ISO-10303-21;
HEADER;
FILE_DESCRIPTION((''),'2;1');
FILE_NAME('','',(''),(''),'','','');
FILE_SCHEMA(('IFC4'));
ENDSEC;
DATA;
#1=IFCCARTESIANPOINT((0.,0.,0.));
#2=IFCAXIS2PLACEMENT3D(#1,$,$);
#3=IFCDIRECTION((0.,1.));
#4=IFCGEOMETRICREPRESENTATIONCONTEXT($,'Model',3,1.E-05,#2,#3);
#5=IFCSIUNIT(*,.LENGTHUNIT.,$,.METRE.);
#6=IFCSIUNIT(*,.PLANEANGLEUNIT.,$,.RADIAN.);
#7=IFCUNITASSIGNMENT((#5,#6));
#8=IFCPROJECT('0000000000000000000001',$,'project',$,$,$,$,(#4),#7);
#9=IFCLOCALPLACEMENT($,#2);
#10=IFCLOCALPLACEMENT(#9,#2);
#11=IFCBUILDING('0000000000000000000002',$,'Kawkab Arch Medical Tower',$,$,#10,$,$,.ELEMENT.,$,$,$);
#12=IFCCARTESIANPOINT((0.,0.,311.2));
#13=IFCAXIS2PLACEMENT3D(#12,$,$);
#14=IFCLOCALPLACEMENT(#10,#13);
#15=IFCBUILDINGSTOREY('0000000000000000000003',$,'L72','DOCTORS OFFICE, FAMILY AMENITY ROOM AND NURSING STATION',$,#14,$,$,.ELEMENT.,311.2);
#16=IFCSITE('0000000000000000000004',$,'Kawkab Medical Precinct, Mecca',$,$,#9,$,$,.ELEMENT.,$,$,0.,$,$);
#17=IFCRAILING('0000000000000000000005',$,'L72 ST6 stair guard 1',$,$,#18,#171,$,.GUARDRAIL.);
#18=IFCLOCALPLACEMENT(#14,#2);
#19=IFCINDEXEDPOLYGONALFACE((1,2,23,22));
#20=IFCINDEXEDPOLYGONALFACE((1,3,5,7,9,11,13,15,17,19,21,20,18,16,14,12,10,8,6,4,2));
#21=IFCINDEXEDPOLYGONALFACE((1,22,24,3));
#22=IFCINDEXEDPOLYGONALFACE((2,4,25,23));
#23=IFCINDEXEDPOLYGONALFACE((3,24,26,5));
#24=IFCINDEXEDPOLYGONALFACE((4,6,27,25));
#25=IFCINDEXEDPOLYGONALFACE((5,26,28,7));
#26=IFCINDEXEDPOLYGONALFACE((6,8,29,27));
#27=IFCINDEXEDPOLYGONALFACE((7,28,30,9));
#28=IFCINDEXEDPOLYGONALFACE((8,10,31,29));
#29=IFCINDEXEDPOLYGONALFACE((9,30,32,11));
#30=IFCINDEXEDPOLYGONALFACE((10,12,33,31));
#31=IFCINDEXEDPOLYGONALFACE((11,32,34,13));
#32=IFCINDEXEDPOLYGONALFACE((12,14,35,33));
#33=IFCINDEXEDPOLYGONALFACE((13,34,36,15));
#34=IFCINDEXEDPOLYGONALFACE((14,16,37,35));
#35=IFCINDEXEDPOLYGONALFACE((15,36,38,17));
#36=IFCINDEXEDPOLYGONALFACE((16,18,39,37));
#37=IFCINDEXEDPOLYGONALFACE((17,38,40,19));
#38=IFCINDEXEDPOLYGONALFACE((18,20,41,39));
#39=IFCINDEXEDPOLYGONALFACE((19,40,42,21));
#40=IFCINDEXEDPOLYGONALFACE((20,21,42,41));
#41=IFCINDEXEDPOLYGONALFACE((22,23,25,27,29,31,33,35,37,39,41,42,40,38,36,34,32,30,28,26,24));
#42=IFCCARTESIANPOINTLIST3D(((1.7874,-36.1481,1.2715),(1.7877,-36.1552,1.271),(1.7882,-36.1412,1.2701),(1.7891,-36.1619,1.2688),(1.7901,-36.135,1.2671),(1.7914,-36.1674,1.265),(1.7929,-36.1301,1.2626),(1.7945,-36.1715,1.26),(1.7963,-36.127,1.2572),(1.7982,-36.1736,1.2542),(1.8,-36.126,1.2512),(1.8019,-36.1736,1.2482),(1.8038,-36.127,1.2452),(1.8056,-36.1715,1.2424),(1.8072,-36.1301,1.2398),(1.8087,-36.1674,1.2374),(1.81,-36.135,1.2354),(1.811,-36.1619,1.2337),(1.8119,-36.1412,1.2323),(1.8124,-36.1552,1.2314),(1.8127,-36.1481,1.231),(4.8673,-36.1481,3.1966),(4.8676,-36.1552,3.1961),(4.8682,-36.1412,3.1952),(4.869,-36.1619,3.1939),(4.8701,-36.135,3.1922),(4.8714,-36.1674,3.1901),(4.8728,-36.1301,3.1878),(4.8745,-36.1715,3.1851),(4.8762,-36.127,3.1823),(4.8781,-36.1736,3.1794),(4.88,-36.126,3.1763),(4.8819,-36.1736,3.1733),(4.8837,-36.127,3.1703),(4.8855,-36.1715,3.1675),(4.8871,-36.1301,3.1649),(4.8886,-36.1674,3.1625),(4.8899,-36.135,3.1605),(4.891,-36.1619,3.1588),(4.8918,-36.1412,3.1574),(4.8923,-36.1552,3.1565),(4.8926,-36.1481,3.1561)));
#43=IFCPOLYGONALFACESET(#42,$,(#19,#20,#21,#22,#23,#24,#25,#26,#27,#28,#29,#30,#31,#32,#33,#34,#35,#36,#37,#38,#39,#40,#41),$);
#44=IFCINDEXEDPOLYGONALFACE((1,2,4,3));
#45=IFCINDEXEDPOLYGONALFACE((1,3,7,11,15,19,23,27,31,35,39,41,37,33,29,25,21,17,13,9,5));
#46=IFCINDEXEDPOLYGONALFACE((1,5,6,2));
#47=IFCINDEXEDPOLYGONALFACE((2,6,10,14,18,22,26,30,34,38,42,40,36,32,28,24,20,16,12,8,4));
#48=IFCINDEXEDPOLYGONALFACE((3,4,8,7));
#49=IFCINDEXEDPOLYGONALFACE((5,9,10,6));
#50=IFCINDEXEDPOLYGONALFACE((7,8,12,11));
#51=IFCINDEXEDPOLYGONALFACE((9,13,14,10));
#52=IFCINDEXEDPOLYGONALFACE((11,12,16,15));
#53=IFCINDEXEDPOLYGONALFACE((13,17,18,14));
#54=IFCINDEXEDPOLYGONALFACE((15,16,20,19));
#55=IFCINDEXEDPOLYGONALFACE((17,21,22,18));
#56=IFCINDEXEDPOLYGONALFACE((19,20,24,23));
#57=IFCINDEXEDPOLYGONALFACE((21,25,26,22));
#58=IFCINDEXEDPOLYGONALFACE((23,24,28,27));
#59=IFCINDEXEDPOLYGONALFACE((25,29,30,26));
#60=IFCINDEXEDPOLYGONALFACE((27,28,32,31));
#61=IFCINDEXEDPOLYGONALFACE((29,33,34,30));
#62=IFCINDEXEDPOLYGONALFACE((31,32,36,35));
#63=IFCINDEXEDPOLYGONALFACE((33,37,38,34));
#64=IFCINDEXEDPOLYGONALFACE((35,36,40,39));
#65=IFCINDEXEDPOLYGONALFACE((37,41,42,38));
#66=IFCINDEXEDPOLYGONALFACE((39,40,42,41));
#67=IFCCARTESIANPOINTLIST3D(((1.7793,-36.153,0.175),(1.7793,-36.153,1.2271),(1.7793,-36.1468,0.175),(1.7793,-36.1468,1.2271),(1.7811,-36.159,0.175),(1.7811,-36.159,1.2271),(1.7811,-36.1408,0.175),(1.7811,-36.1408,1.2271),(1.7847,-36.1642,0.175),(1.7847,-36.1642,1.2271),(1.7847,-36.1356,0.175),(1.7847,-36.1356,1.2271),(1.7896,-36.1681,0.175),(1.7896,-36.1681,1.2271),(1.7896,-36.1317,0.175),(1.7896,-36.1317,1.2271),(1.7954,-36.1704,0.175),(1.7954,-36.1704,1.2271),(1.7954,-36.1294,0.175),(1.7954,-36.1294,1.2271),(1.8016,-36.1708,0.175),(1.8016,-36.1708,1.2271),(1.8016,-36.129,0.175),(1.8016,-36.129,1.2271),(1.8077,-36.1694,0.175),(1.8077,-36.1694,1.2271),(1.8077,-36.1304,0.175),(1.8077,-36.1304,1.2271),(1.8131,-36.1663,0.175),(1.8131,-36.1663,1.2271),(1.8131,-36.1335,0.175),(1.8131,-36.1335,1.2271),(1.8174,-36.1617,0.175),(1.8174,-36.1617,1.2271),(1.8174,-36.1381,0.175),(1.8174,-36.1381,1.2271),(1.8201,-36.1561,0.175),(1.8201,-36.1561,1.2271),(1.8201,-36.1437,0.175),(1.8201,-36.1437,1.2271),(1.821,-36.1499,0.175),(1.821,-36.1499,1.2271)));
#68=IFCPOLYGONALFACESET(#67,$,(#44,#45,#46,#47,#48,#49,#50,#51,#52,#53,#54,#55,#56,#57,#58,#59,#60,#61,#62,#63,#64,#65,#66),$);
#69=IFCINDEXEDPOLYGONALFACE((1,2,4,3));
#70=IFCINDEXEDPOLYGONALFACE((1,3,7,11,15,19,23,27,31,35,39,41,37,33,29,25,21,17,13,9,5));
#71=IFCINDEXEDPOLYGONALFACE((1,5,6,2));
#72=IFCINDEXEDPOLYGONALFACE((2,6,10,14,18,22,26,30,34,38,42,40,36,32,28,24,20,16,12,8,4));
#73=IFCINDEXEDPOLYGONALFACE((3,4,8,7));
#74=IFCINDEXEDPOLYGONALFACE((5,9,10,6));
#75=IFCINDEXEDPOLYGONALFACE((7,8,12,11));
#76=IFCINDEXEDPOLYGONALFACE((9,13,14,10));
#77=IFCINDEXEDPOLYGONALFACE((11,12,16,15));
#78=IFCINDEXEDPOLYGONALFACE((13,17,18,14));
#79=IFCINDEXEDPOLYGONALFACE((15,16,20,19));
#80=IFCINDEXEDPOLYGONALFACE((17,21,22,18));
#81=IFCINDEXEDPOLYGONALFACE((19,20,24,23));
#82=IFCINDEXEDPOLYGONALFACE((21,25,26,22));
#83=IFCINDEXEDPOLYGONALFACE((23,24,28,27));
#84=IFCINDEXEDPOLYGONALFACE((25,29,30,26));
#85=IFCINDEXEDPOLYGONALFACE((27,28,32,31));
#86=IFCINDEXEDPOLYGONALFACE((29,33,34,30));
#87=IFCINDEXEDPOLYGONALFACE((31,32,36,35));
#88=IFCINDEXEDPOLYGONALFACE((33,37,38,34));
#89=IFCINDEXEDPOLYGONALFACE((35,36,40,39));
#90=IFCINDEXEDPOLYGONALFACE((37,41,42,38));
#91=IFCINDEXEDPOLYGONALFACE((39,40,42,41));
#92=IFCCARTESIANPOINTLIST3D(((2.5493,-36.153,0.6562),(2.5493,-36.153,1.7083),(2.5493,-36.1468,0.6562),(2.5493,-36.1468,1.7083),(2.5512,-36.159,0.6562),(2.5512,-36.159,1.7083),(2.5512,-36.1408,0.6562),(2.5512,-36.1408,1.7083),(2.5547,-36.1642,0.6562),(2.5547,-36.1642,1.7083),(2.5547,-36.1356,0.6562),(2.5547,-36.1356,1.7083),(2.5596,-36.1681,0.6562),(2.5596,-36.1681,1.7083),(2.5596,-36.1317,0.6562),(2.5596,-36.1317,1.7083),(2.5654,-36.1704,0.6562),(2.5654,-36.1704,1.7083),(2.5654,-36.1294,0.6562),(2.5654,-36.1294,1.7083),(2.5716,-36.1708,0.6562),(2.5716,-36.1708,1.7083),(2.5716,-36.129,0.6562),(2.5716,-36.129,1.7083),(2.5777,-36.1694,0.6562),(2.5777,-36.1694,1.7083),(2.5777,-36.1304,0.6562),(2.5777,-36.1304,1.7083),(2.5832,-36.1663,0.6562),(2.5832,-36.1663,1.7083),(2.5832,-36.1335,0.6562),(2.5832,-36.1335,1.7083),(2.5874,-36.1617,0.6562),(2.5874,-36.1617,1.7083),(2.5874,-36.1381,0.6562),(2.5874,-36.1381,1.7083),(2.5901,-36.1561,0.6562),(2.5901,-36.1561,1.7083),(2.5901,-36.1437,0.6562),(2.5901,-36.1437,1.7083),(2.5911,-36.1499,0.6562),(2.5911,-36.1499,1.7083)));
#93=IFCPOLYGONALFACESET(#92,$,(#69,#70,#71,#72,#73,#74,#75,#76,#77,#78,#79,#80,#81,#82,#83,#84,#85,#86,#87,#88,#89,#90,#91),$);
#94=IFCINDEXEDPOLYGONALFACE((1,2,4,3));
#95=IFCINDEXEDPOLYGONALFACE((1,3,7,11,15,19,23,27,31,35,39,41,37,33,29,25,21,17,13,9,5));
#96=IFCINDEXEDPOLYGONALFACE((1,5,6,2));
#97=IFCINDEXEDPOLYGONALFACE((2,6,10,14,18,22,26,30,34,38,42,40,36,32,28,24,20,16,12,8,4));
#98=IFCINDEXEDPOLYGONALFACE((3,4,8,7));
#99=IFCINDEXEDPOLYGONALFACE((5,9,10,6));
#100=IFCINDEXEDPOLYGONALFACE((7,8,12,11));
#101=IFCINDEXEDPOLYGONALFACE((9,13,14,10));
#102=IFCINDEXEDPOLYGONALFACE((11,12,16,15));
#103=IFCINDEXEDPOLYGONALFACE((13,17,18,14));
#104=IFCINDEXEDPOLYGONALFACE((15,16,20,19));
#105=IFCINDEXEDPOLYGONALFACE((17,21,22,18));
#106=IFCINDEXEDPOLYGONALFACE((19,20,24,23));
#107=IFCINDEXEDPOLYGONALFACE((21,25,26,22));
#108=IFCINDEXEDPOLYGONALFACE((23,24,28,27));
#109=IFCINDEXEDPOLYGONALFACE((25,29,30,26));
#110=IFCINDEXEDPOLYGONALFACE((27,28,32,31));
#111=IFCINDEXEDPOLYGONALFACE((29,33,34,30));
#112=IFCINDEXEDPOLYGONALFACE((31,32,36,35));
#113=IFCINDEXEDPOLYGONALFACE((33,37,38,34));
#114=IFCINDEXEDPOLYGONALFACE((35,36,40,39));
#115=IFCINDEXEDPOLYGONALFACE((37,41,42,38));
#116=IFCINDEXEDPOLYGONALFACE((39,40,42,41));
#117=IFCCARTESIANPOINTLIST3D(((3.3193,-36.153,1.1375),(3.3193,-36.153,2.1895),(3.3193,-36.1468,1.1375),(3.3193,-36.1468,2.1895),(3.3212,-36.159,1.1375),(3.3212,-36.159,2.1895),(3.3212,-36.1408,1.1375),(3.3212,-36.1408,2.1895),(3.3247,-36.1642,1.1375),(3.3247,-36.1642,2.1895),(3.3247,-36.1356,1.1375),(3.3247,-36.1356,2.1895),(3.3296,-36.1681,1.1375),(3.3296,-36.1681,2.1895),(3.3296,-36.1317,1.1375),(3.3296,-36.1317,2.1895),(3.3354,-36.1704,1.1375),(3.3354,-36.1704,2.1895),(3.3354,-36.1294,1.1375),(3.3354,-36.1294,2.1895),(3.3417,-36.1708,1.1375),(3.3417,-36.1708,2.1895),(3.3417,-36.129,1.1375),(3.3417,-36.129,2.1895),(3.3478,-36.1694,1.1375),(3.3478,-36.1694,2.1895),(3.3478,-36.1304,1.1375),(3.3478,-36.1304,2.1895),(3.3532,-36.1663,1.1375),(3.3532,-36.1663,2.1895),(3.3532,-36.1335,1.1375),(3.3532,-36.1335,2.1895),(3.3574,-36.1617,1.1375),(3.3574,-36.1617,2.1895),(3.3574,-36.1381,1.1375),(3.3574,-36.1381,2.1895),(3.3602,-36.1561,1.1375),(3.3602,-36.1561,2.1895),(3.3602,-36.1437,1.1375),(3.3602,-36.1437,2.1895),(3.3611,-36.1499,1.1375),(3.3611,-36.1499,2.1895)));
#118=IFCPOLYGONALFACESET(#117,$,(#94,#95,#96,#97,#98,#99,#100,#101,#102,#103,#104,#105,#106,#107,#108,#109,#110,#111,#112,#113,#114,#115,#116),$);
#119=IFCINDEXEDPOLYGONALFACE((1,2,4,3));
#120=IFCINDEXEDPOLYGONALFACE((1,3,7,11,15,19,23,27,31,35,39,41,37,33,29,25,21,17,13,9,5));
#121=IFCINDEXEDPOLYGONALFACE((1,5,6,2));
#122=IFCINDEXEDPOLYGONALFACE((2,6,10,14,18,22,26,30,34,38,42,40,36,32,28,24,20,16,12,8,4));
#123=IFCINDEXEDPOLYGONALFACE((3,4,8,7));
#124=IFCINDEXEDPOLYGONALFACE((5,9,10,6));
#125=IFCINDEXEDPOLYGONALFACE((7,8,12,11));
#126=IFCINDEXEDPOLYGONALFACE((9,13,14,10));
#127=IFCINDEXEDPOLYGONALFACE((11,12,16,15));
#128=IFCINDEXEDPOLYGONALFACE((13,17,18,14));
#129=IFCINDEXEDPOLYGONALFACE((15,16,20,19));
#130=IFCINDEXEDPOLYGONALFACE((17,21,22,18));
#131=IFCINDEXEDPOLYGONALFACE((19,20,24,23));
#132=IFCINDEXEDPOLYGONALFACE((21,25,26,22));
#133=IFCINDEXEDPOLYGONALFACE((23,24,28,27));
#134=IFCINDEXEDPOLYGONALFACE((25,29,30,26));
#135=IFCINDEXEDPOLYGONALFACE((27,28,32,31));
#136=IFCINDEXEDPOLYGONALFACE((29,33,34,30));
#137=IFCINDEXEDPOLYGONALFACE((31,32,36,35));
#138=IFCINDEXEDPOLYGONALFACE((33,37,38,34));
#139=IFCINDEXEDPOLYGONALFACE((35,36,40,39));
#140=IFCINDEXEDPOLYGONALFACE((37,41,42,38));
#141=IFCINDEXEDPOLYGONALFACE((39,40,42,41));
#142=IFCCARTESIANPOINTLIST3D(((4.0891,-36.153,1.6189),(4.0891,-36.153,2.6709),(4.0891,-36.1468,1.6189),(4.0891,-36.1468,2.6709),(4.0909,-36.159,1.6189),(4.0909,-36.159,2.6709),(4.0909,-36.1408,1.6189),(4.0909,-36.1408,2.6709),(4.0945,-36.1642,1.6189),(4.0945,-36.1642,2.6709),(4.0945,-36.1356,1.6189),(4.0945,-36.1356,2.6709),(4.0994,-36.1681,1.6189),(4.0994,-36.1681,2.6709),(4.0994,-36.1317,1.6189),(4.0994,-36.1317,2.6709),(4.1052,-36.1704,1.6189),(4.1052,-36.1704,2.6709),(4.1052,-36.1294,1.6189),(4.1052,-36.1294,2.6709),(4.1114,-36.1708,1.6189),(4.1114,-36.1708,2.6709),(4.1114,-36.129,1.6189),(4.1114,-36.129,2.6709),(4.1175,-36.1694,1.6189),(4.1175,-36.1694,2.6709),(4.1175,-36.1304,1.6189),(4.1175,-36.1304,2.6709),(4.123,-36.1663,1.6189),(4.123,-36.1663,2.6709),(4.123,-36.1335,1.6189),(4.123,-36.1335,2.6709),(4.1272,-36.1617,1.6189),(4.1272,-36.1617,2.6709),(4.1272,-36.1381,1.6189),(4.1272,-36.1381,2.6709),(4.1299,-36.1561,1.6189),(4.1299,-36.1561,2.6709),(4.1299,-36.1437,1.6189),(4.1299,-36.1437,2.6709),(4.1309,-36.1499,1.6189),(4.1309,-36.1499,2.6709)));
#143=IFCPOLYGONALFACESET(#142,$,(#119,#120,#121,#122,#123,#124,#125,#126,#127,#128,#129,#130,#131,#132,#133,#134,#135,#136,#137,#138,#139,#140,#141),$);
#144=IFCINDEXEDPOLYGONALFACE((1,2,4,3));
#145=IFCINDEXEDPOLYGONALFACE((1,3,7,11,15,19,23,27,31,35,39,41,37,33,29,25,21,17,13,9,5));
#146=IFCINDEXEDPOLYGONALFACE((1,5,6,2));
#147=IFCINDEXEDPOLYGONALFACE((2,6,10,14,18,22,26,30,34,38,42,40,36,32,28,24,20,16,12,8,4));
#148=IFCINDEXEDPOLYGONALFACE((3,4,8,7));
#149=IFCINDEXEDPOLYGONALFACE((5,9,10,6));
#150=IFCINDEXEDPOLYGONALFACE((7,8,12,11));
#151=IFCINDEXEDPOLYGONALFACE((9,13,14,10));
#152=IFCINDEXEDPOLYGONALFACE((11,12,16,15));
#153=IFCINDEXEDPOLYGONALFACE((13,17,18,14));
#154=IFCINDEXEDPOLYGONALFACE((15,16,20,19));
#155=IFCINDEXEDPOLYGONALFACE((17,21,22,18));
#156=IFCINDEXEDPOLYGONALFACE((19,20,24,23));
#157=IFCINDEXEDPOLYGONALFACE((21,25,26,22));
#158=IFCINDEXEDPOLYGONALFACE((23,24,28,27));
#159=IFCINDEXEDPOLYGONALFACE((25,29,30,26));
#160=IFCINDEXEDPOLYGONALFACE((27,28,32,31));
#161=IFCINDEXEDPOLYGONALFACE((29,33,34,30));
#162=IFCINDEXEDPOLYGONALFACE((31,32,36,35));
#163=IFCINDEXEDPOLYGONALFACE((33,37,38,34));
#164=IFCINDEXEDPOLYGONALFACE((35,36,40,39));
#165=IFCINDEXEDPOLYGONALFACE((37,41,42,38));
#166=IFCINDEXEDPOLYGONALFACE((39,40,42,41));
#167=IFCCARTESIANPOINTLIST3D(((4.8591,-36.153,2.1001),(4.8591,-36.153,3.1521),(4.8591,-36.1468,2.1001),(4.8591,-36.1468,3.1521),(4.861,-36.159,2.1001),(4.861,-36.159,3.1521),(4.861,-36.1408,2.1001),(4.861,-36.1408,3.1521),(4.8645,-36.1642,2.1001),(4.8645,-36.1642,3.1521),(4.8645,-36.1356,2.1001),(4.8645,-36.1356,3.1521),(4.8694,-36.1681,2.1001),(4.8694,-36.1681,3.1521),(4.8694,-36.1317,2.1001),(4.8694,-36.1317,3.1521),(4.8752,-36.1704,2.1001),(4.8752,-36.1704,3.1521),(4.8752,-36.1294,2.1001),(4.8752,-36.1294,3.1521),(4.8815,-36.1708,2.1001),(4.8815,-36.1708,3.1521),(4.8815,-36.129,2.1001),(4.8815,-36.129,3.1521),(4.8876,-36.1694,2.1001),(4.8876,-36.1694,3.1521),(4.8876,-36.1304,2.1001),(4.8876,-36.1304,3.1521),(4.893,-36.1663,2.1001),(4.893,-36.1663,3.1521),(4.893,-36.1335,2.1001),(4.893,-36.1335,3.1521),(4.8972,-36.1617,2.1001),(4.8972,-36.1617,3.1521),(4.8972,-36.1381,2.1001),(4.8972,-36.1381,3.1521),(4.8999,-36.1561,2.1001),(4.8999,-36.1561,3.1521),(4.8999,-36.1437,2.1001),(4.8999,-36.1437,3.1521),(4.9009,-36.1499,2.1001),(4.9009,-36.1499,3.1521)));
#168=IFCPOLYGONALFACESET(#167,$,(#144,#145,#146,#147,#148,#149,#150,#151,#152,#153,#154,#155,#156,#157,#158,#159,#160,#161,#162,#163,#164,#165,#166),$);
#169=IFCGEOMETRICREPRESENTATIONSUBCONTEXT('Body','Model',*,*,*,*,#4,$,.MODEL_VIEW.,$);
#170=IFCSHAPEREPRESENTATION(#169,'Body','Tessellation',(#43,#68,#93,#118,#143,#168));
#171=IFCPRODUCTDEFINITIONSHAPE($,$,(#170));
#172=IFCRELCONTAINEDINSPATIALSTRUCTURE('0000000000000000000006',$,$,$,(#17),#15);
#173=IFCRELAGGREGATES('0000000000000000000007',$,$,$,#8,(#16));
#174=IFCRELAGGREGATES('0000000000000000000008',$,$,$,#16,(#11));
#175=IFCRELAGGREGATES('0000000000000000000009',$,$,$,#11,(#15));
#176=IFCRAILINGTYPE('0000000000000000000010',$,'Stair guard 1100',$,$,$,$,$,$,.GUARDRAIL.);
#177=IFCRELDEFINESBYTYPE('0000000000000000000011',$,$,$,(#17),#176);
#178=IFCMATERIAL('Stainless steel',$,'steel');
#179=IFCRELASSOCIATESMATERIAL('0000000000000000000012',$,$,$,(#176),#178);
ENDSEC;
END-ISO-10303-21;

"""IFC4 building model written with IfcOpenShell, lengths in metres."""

from ifc_helpers import new_model, si_unit, direction, frame, origin, origin_2d, place, context, subcontext, project, spatial, circle, extrude, material, type_object, element, save


model = new_model("IFC4")

# Units and contexts
model_context = context("Model", 3, precision=1e-05, world=origin(), true_north=direction((0.0, 1.0)))
body_context = subcontext(model_context, "Body", "Model", "MODEL_VIEW")
ifc_project = project(units=[si_unit("LENGTHUNIT", "METRE"), si_unit("PLANEANGLEUNIT", "RADIAN")], contexts=[model_context])

# Site, building, storey
site_placement = place(None, origin())
site = spatial("IfcSite", under=ifc_project, at=site_placement, Name="Kawkab Medical Precinct, Mecca", CompositionType="ELEMENT", RefElevation=0.0)
building_placement = place(site_placement, origin())
building = spatial("IfcBuilding", under=site, at=building_placement, Name="Kawkab Arch Medical Tower", CompositionType="ELEMENT")
storey_placement = place(building_placement, frame((0.0, 0.0, 311.2)))
storey = spatial("IfcBuildingStorey", under=building, at=storey_placement, Name="L72", Description="DOCTORS OFFICE, FAMILY AMENITY ROOM AND NURSING STATION", CompositionType="ELEMENT", Elevation=311.2)

# Railing
ifc_material_1 = material(Name="Stainless steel", Category="steel")
railing_type_1 = type_object("IfcRailingType", Name="Stair guard 1100", PredefinedType="GUARDRAIL", material=ifc_material_1)
railing_1_placement = place(storey_placement, frame((1.8, -36.1499, 0.175)))
element("IfcRailing", 1, at=railing_1_placement, inside=storey, type_object=railing_type_1, Name="L72 ST6 stair guard 1", PredefinedType="GUARDRAIL", context=body_context, shape_type="SweptSolid", body=[
    extrude(circle(Radius=0.0239, at=origin_2d()), frame((0.0, 0.0, 1.0762), z_axis=(0.847979, 0.0, 0.530029), x_axis=(0.0, 1.0, 0.0)), (0.0, 0.0, 1.0), 3.6321),
    extrude(circle(Radius=0.021, at=origin_2d()), origin(), (0.0, 0.0, 1.0), 1.052),
    extrude(circle(Radius=0.021, at=origin_2d()), frame((0.77, 0.0, 0.4812)), (0.0, 0.0, 1.0), 1.052),
    extrude(circle(Radius=0.021, at=origin_2d()), frame((1.54, 0.0, 0.9624)), (0.0, 0.0, 1.0), 1.052),
    extrude(circle(Radius=0.021, at=origin_2d()), frame((2.3098, 0.0, 1.4438)), (0.0, 0.0, 1.0), 1.052),
    extrude(circle(Radius=0.021, at=origin_2d()), frame((3.0798, 0.0, 1.925)), (0.0, 0.0, 1.0), 1.052),
])

save(model, "model.ifc")
